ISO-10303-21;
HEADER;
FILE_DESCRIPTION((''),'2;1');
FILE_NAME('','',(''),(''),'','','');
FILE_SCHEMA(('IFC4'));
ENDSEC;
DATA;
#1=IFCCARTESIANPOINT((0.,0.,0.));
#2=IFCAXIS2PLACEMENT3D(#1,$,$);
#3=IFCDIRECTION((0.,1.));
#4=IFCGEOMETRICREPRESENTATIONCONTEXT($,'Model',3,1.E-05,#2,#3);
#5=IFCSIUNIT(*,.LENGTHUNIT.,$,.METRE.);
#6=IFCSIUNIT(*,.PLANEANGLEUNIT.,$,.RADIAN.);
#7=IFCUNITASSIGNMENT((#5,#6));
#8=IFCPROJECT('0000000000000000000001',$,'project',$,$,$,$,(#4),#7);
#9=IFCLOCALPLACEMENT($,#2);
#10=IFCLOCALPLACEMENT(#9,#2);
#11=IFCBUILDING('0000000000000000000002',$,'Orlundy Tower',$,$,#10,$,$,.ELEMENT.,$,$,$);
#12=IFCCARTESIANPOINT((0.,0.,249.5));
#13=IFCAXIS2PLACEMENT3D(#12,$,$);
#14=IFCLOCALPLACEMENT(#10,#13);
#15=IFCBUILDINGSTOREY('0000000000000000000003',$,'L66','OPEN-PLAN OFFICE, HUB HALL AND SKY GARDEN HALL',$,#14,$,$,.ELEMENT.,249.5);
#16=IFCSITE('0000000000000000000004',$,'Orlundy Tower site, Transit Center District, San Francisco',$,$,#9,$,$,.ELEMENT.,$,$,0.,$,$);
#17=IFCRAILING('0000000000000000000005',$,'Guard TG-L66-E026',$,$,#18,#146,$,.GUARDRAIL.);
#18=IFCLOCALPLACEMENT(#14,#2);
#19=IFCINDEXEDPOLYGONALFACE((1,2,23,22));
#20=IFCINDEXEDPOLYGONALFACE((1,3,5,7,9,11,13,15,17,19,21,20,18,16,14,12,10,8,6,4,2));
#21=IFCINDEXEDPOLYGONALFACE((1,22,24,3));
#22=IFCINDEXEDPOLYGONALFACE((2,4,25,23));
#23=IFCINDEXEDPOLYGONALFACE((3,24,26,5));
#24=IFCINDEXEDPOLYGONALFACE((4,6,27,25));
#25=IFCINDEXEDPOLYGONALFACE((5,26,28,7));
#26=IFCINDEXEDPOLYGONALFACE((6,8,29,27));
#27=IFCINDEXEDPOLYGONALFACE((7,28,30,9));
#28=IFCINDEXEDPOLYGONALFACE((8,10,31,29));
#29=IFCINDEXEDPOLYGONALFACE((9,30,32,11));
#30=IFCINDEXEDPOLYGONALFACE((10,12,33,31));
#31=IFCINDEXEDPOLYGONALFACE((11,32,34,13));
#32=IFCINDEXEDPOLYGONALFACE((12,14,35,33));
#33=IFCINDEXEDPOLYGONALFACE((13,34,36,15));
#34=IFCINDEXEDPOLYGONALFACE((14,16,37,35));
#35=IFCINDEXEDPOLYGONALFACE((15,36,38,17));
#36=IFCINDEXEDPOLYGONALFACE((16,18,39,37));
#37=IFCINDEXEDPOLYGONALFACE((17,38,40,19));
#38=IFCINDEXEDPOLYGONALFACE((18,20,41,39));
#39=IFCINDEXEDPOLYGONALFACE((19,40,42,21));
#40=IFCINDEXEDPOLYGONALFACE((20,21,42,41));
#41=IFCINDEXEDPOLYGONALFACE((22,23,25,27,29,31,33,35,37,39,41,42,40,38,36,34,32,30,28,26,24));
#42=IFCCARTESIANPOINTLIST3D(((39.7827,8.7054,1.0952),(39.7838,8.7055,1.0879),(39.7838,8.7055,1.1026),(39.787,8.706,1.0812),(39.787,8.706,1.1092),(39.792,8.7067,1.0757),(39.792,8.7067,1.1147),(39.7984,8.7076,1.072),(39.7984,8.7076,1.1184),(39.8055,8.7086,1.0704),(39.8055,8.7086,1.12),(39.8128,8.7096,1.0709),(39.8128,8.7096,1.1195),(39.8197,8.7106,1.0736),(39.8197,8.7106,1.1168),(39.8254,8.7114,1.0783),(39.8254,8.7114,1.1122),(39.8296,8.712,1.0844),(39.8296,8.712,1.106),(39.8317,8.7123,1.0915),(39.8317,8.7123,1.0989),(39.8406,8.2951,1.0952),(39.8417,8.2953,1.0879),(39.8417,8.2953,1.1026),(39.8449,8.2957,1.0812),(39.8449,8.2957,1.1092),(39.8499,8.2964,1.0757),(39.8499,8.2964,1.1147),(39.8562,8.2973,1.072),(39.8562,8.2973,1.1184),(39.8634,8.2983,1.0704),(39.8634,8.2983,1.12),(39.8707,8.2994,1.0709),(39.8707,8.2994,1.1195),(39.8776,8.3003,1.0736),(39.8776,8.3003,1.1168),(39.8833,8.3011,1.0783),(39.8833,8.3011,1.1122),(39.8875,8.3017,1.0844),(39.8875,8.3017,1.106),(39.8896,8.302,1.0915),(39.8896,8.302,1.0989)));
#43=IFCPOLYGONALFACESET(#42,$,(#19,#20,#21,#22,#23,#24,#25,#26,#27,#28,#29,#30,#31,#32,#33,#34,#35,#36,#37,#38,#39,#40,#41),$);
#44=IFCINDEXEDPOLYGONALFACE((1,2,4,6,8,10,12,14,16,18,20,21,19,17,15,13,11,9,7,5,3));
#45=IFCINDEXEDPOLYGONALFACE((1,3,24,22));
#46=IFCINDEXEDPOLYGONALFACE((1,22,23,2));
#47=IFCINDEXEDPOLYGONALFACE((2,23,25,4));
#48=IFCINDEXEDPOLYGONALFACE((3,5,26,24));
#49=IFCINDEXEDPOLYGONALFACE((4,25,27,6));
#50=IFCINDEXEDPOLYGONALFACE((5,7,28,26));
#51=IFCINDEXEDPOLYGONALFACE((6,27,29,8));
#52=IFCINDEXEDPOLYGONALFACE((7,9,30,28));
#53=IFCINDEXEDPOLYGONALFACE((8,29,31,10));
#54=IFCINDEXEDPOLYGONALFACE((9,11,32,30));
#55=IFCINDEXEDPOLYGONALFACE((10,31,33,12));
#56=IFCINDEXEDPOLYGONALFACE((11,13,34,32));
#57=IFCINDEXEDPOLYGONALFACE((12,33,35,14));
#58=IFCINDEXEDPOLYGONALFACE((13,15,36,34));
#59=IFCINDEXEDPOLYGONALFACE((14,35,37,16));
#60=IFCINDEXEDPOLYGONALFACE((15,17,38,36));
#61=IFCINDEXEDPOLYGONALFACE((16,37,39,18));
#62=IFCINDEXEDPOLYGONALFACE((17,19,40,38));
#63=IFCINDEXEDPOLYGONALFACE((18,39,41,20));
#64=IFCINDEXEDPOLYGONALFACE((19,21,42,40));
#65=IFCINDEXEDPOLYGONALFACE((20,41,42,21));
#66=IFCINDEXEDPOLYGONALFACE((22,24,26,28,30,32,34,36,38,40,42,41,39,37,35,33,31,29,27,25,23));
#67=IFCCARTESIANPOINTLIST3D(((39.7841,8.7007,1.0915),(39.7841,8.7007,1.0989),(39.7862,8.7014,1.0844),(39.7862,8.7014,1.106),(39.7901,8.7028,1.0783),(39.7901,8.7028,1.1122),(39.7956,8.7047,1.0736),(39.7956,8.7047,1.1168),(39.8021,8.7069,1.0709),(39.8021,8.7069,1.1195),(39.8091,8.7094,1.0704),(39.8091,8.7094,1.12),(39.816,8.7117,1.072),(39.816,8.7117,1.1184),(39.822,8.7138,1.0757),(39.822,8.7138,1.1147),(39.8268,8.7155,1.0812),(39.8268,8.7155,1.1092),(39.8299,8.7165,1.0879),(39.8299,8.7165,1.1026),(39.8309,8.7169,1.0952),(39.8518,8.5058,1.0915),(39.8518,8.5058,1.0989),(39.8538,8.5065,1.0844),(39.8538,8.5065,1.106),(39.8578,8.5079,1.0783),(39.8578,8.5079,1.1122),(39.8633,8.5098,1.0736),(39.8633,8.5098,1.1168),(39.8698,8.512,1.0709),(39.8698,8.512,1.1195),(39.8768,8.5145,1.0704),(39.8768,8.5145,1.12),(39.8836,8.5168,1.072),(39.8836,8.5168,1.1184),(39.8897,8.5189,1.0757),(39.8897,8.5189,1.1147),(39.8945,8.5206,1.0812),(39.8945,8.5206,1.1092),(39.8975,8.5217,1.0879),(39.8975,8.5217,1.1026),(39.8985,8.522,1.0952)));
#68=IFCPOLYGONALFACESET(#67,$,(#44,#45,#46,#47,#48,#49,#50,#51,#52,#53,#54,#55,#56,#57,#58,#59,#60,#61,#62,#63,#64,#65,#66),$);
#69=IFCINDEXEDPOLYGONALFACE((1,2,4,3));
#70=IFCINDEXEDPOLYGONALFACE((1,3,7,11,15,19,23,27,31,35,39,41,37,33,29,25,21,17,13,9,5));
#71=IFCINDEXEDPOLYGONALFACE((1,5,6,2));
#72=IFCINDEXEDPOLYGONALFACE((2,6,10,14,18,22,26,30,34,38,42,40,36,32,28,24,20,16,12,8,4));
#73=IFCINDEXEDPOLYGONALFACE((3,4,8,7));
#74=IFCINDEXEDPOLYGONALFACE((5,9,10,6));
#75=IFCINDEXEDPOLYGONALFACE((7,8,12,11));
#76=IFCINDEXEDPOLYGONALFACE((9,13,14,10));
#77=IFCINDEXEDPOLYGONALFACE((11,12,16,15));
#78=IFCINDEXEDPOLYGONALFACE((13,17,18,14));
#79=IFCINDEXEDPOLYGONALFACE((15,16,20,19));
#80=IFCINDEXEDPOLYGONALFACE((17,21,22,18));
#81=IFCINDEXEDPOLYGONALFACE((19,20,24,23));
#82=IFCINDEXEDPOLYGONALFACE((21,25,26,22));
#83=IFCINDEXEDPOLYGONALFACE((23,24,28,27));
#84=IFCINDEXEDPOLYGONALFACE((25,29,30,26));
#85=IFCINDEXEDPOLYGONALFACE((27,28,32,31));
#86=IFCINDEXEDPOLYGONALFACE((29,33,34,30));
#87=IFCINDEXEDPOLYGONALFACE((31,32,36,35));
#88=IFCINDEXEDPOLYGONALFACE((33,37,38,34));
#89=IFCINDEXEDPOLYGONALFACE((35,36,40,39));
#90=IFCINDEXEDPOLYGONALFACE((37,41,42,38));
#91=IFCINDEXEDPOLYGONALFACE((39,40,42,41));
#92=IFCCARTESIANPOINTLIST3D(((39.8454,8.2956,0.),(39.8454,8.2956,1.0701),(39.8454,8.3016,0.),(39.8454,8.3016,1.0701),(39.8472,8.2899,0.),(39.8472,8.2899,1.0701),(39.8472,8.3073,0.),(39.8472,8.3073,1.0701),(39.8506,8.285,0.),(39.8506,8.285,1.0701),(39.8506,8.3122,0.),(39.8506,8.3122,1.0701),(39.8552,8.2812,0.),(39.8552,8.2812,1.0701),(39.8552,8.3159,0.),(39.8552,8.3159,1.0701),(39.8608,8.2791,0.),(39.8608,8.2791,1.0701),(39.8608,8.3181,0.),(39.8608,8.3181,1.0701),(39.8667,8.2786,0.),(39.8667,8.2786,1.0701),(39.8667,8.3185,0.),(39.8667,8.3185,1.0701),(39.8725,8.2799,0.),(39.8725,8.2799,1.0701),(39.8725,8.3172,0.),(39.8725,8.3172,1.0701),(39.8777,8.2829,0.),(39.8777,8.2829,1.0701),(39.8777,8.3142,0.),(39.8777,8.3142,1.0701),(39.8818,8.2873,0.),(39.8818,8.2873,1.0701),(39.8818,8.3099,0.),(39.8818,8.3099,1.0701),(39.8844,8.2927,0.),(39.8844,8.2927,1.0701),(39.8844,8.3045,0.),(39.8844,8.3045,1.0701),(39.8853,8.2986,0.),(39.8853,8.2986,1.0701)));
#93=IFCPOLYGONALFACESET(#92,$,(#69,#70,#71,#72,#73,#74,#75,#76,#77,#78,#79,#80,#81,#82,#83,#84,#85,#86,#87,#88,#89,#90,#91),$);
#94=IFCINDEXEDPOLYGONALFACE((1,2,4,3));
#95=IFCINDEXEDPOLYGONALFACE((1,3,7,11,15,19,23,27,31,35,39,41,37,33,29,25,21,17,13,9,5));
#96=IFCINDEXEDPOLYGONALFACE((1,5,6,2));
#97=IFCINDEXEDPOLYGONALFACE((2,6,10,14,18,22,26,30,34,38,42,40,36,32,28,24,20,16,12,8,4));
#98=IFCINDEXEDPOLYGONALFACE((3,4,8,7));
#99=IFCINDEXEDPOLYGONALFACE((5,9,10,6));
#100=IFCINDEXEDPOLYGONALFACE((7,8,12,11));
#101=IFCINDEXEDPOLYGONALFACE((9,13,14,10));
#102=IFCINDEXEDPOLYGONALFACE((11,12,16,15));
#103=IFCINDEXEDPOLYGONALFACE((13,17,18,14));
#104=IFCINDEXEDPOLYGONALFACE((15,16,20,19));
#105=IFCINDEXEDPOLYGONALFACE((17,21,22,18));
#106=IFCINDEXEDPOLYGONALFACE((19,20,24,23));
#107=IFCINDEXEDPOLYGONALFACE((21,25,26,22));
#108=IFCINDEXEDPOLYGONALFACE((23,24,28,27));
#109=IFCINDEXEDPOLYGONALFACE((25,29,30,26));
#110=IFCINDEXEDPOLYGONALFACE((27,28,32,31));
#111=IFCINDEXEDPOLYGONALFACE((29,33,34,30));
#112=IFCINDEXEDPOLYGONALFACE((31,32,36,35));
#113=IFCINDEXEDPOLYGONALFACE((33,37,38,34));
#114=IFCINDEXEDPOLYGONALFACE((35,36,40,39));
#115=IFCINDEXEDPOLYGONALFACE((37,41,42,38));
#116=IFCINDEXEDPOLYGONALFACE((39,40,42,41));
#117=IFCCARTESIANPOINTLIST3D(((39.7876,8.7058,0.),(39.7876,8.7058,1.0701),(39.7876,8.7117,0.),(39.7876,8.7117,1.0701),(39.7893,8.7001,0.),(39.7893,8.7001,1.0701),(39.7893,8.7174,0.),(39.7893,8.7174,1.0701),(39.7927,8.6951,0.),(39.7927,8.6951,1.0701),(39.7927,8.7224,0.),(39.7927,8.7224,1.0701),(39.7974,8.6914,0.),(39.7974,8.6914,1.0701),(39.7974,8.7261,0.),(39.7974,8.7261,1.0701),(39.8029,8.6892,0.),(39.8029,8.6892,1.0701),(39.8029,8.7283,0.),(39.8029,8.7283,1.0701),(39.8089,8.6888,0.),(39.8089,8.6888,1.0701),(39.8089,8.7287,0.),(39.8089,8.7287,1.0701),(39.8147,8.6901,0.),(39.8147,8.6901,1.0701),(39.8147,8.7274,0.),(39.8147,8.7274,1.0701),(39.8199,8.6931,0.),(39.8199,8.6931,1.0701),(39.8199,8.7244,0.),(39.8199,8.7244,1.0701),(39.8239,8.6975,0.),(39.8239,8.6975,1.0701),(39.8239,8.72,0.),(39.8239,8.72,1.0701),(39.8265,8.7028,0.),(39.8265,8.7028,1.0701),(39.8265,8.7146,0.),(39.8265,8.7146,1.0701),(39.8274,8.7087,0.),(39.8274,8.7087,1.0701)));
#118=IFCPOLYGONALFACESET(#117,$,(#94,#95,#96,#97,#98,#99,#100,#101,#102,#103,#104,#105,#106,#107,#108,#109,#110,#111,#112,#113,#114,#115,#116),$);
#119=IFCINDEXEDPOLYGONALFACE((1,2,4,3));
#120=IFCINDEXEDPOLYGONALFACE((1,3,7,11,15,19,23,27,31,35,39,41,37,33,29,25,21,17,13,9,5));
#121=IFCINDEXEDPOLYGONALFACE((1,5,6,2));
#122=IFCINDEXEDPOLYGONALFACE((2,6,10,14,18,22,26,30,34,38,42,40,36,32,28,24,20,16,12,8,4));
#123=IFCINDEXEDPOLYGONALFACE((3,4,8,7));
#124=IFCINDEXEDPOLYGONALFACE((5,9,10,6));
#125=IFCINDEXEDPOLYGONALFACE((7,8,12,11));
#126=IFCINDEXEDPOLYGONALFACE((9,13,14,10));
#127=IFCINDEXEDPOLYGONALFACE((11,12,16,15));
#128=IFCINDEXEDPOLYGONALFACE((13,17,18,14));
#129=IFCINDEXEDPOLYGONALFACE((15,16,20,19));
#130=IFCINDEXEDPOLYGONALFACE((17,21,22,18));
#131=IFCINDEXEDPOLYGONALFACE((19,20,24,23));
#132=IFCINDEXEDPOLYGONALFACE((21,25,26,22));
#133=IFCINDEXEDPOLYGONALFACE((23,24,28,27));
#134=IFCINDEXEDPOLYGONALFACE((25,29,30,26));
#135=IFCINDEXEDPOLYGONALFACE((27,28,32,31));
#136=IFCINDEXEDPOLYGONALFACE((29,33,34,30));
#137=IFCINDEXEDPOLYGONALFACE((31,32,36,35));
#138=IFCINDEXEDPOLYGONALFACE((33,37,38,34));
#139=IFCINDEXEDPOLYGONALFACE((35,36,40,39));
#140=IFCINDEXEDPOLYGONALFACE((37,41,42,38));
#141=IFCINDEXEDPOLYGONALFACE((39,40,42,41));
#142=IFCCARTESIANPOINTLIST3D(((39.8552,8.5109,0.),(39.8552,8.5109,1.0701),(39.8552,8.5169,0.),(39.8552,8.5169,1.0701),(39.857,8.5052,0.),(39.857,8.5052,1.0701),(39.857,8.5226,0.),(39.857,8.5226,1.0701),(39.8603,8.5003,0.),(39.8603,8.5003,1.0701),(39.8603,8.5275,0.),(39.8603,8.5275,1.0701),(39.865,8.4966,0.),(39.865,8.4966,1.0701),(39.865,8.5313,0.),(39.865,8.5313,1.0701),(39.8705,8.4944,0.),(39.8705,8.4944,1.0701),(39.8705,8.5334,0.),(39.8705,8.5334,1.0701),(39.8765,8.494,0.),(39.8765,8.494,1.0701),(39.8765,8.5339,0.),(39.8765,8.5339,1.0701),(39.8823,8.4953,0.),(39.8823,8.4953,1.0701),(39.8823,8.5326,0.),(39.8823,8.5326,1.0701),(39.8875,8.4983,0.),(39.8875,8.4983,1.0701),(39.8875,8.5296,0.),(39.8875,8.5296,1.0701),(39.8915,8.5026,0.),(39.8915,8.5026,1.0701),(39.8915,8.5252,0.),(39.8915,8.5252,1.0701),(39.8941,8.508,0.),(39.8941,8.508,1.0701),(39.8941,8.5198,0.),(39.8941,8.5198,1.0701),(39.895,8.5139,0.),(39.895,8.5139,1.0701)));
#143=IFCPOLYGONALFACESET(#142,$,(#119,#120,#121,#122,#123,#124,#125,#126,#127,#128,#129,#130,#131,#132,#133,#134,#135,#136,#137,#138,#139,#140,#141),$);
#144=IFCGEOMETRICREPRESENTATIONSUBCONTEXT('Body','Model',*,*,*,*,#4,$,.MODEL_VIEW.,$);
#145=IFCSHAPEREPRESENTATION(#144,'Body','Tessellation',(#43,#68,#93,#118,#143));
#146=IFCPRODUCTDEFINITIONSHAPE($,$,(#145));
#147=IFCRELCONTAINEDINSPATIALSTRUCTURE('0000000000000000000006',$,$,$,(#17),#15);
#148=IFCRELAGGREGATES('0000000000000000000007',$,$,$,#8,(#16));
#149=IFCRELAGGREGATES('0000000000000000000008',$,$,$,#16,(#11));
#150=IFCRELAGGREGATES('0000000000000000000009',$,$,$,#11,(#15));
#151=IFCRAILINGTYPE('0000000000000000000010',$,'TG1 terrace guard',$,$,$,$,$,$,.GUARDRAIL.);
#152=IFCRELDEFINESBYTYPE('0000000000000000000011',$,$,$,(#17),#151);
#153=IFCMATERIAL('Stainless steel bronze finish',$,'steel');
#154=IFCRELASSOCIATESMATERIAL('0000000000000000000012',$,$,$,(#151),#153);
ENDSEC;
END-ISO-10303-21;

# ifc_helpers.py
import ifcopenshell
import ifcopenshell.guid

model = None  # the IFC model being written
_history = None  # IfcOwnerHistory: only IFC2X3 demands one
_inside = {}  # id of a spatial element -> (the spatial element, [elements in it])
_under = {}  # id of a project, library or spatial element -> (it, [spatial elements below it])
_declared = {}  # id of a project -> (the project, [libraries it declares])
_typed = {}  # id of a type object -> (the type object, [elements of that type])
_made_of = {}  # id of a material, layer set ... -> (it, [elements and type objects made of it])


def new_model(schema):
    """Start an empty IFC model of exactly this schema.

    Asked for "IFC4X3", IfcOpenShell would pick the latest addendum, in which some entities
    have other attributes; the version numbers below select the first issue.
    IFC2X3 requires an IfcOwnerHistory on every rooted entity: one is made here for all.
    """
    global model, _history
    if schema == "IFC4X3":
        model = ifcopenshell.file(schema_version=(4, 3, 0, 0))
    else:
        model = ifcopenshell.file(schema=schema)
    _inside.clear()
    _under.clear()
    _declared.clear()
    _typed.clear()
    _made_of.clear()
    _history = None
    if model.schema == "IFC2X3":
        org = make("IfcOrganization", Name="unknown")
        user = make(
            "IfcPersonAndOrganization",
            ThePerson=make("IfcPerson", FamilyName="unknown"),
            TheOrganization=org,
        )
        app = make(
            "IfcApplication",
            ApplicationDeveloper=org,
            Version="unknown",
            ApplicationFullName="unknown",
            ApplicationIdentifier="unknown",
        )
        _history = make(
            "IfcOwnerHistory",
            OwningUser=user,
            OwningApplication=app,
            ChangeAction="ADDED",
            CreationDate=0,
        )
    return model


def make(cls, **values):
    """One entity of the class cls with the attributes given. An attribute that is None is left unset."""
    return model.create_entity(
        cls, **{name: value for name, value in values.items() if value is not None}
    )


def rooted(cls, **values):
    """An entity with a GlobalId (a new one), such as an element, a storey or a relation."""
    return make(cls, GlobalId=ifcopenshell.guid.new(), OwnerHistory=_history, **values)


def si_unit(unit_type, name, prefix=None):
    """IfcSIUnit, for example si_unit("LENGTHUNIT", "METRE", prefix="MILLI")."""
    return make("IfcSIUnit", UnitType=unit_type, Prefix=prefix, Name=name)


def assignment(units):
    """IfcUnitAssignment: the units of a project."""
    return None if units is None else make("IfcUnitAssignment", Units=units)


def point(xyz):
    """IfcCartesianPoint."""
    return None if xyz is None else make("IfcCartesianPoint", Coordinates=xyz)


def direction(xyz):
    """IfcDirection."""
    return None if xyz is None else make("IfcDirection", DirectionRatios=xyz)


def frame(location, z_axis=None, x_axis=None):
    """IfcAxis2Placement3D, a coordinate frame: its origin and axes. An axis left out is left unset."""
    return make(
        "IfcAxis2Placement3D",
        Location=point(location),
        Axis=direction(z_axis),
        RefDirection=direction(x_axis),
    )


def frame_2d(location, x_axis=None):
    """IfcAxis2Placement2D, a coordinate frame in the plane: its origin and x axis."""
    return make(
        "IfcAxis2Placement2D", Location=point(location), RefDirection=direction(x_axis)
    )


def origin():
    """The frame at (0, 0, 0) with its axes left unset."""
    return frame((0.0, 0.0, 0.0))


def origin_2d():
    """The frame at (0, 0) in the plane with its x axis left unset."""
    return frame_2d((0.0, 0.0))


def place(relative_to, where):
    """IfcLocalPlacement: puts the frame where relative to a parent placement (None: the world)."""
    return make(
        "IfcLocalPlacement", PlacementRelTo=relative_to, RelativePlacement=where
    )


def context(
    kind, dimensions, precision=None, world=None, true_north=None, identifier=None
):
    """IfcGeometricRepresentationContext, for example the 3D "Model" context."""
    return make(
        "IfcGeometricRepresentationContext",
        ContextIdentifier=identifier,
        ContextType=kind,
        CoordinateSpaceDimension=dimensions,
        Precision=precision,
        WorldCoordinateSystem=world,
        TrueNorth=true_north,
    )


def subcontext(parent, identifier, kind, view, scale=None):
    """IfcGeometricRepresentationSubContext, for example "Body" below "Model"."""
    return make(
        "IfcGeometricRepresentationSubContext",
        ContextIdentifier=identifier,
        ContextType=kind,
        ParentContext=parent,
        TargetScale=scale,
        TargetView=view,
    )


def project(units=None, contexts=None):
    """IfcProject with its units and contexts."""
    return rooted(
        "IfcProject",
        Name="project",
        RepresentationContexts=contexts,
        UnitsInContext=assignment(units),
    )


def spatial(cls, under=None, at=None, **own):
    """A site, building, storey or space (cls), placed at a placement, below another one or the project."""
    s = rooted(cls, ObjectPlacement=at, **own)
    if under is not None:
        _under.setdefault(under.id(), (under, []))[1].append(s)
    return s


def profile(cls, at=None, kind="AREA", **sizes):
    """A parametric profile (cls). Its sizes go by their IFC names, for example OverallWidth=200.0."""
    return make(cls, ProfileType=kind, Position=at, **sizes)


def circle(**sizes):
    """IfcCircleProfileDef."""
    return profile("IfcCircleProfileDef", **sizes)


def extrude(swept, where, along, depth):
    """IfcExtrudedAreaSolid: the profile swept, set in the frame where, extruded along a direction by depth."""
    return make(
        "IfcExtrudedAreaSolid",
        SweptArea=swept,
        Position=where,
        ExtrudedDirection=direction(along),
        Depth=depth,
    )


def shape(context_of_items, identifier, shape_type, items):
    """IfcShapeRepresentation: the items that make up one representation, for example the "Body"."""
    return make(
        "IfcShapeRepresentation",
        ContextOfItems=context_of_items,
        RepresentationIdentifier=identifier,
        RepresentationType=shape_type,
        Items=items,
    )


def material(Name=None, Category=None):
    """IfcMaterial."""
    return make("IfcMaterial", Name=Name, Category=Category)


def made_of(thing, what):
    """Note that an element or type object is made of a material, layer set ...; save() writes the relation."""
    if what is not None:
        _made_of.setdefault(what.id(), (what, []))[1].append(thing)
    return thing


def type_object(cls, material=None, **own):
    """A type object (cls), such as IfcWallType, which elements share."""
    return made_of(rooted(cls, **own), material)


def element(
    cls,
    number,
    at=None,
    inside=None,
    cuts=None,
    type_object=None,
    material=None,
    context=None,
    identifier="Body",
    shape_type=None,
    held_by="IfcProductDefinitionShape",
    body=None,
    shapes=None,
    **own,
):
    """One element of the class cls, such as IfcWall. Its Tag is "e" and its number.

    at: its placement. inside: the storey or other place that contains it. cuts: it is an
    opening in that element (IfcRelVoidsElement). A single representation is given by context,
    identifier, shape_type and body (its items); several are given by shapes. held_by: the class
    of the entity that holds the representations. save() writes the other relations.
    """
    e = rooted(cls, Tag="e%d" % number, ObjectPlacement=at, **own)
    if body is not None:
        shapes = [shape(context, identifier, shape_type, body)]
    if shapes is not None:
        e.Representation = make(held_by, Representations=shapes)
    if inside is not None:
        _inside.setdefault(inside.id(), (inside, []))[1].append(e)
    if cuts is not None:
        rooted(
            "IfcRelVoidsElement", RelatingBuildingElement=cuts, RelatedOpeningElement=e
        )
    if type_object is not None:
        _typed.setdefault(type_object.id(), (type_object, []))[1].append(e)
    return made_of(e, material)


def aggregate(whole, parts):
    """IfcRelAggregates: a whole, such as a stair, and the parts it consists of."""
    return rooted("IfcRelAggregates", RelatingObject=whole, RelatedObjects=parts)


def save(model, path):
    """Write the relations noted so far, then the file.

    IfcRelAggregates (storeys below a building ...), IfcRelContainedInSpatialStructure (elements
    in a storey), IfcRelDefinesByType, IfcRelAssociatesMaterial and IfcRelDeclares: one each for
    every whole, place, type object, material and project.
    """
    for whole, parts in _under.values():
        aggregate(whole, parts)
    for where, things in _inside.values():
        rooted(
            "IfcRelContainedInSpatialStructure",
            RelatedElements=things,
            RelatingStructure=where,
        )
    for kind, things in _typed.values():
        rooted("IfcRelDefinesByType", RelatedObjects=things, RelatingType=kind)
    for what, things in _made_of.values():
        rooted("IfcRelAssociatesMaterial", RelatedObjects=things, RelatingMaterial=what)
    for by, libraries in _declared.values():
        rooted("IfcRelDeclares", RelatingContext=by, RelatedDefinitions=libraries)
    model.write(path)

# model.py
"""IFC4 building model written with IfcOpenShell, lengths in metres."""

from ifc_helpers import new_model, si_unit, direction, frame, origin, origin_2d, place, context, subcontext, project, spatial, circle, extrude, material, type_object, element, save


model = new_model("IFC4")

# Units and contexts
model_context = context("Model", 3, precision=1e-05, world=origin(), true_north=direction((0.0, 1.0)))
body_context = subcontext(model_context, "Body", "Model", "MODEL_VIEW")
ifc_project = project(units=[si_unit("LENGTHUNIT", "METRE"), si_unit("PLANEANGLEUNIT", "RADIAN")], contexts=[model_context])

# Site, building, storey
site_placement = place(None, origin())
site = spatial("IfcSite", under=ifc_project, at=site_placement, Name="Orlundy Tower site, Transit Center District, San Francisco", CompositionType="ELEMENT", RefElevation=0.0)
building_placement = place(site_placement, origin())
building = spatial("IfcBuilding", under=site, at=building_placement, Name="Orlundy Tower", CompositionType="ELEMENT")
storey_placement = place(building_placement, frame((0.0, 0.0, 249.5)))
storey = spatial("IfcBuildingStorey", under=building, at=storey_placement, Name="L66", Description="OPEN-PLAN OFFICE, HUB HALL AND SKY GARDEN HALL", CompositionType="ELEMENT", Elevation=249.5)

# Railing
ifc_material_1 = material(Name="Stainless steel bronze finish", Category="steel")
railing_type = type_object("IfcRailingType", Name="TG1 terrace guard", PredefinedType="GUARDRAIL", material=ifc_material_1)
railing_1_placement = place(storey_placement, frame((39.8652, 8.2986, 0.0)))
element("IfcRailing", 1, at=railing_1_placement, inside=storey, type_object=railing_type, Name="Guard TG-L66-E026", PredefinedType="GUARDRAIL", context=body_context, shape_type="SweptSolid", body=[
    extrude(circle(Radius=0.0249, at=origin_2d()), frame((0.0, 0.0, 1.0952), z_axis=(-0.139688, 0.990196, 0.0), x_axis=(-0.990196, -0.139688, 0.0)), (0.0, 0.0, 1.0), 0.4143),
    extrude(circle(Radius=0.0249, at=origin_2d()), frame((-0.0579, 0.4102, 1.0952), z_axis=(0.327924, -0.944704, 0.0), x_axis=(0.944704, 0.327924, 0.0)), (0.0, 0.0, 1.0), 0.2063),
    extrude(circle(Radius=0.02, at=origin_2d()), origin(), (0.0, 0.0, 1.0), 1.0701),
    extrude(circle(Radius=0.02, at=origin_2d()), frame((-0.0579, 0.4102, 0.0)), (0.0, 0.0, 1.0), 1.0701),
    extrude(circle(Radius=0.02, at=origin_2d()), frame((0.0098, 0.2153, 0.0)), (0.0, 0.0, 1.0), 1.0701),
])

save(model, "model.ifc")
